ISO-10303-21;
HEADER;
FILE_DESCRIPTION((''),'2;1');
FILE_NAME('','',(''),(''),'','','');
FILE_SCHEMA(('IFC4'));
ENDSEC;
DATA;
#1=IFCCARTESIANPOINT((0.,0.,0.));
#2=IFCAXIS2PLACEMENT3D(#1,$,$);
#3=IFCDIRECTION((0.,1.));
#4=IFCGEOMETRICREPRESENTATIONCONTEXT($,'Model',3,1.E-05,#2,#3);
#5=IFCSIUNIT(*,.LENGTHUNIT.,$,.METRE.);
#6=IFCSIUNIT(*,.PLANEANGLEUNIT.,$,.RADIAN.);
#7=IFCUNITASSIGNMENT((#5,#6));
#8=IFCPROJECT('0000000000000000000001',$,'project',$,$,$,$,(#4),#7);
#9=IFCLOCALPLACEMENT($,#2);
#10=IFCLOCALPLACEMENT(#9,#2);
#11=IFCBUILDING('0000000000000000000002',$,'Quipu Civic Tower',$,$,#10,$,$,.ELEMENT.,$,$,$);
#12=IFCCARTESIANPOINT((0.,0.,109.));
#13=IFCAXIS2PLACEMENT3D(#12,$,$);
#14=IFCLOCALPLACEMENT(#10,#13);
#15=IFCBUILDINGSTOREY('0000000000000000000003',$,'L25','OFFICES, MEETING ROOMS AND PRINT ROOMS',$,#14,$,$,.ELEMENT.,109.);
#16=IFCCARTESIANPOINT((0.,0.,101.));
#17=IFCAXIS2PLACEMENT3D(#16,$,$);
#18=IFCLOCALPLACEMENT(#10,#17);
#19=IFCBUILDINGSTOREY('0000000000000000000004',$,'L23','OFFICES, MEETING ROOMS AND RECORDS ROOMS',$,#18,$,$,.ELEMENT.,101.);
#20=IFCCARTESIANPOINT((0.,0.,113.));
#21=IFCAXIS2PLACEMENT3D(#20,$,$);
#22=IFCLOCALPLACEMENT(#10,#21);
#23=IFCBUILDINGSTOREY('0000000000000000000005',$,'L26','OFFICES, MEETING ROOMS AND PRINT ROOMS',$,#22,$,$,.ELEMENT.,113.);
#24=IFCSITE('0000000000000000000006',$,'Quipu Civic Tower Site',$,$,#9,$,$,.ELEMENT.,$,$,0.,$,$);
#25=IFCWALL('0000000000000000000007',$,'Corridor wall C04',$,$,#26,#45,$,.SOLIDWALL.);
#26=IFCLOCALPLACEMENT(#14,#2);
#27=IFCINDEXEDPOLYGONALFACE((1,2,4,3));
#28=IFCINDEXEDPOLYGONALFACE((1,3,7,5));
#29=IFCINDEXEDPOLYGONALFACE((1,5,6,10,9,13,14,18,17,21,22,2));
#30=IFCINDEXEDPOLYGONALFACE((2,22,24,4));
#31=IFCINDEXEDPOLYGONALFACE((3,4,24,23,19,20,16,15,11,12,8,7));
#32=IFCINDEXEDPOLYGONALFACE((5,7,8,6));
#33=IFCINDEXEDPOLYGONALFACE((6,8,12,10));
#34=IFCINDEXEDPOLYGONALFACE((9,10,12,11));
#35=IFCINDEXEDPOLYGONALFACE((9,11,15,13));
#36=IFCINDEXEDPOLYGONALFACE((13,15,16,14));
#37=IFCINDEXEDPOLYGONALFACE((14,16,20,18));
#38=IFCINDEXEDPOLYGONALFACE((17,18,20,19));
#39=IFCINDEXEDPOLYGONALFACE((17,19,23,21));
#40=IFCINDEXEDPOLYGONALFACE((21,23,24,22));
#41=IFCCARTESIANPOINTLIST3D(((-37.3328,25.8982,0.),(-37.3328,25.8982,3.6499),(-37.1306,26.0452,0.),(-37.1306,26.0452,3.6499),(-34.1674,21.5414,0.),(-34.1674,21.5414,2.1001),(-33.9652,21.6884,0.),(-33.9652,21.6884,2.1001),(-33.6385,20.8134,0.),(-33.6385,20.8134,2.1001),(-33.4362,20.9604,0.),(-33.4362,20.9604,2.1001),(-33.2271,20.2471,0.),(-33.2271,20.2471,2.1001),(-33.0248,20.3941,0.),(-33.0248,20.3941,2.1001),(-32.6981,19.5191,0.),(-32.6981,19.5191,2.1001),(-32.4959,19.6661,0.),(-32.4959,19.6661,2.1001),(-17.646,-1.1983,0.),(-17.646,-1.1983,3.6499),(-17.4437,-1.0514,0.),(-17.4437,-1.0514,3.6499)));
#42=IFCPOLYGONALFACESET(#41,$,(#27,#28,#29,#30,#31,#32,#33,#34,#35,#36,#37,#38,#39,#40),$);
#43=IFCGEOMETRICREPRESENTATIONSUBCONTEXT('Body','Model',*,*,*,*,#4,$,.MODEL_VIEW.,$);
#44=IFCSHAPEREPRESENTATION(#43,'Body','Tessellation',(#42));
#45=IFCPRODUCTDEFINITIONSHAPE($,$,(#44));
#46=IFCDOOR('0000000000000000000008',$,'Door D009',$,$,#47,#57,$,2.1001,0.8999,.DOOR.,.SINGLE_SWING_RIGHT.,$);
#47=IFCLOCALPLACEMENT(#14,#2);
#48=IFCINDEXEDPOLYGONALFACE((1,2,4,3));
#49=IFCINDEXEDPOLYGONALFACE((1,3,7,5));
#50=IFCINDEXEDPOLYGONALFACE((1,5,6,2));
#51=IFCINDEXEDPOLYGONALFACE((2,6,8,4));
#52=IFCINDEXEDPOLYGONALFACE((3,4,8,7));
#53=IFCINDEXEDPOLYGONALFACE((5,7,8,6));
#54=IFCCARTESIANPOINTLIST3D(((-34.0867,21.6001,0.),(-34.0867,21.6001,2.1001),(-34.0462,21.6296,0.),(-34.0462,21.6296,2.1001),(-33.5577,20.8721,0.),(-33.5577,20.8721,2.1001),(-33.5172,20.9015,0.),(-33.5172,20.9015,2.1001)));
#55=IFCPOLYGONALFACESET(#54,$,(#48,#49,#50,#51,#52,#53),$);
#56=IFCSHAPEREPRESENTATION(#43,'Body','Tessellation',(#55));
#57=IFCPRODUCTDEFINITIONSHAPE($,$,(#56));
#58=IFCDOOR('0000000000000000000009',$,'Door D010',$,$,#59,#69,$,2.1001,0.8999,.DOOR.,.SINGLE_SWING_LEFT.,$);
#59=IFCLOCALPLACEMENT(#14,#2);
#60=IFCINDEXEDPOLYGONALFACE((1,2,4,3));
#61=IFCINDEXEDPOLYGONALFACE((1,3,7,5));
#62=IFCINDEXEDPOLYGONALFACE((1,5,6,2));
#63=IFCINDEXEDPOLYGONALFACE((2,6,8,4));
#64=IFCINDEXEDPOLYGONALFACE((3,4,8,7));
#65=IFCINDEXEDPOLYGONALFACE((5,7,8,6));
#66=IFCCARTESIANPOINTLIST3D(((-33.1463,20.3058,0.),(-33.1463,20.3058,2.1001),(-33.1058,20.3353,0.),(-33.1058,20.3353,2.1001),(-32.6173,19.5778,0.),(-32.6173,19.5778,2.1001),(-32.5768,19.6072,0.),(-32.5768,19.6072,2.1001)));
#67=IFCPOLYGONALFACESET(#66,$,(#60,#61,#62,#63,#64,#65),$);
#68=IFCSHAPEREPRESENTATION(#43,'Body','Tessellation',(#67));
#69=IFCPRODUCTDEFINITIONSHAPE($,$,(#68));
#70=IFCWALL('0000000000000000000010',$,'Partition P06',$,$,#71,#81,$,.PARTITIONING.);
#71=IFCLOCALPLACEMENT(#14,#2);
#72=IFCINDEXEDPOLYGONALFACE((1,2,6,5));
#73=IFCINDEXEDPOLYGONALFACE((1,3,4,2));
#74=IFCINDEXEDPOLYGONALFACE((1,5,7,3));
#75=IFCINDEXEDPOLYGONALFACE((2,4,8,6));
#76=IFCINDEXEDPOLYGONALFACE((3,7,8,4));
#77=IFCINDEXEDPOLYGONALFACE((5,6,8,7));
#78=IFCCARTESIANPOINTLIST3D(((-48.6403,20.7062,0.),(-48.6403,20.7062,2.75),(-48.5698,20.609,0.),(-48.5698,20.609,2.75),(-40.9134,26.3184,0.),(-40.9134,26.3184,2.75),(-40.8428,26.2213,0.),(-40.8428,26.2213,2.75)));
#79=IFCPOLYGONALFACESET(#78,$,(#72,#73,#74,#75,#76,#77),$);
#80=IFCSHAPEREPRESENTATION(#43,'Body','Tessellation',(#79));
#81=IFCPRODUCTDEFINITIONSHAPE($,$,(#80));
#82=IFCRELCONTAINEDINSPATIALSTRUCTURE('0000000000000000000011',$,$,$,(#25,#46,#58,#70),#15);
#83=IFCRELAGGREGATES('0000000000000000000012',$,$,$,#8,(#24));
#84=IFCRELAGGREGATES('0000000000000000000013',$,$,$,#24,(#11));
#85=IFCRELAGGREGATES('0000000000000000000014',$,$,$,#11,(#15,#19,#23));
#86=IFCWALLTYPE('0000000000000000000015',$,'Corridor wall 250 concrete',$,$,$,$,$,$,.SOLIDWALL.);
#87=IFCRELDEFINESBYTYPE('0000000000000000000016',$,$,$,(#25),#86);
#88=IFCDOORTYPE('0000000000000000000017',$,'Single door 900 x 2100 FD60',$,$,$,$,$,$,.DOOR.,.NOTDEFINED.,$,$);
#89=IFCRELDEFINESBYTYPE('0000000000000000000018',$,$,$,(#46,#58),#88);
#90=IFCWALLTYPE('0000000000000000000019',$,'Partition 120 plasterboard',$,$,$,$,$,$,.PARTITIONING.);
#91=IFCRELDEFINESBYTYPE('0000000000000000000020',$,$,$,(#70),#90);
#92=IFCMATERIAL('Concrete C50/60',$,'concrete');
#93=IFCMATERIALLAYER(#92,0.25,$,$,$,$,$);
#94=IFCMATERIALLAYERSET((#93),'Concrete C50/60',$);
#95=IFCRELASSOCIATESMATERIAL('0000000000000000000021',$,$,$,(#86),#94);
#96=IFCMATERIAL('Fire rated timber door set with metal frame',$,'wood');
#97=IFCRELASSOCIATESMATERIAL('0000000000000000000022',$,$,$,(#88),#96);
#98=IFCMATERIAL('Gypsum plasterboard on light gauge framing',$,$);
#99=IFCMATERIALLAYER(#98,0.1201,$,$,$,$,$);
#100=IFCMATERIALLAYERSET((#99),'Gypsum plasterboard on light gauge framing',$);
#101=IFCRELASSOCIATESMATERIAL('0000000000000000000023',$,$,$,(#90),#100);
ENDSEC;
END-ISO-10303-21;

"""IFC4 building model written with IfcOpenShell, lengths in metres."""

from ifc_helpers import new_model, si_unit, direction, frame, frame_2d, origin, place, context, subcontext, project, spatial, rectangle, extrude, material, layer, layer_set, type_object, element, fill, save


model = new_model("IFC4")

# Units and contexts
model_context = context("Model", 3, precision=1e-05, world=origin(), true_north=direction((0.0, 1.0)))
body_context = subcontext(model_context, "Body", "Model", "MODEL_VIEW")
ifc_project = project(units=[si_unit("LENGTHUNIT", "METRE"), si_unit("PLANEANGLEUNIT", "RADIAN")], contexts=[model_context])

# Site, building, storey
site_placement = place(None, origin())
site = spatial("IfcSite", under=ifc_project, at=site_placement, Name="Quipu Civic Tower Site", CompositionType="ELEMENT", RefElevation=0.0)
building_placement = place(site_placement, origin())
building = spatial("IfcBuilding", under=site, at=building_placement, Name="Quipu Civic Tower", CompositionType="ELEMENT")
storey_1_placement = place(building_placement, frame((0.0, 0.0, 109.0)))
storey_1 = spatial("IfcBuildingStorey", under=building, at=storey_1_placement, Name="L25", Description="OFFICES, MEETING ROOMS AND PRINT ROOMS", CompositionType="ELEMENT", Elevation=109.0)

# Shared definitions
storey_2_placement = place(building_placement, frame((0.0, 0.0, 101.0)))
storey_2 = spatial("IfcBuildingStorey", under=building, at=storey_2_placement, Name="L23", Description="OFFICES, MEETING ROOMS AND RECORDS ROOMS", CompositionType="ELEMENT", Elevation=101.0)

# Shared definitions
storey_3_placement = place(building_placement, frame((0.0, 0.0, 113.0)))
storey_3 = spatial("IfcBuildingStorey", under=building, at=storey_3_placement, Name="L26", Description="OFFICES, MEETING ROOMS AND PRINT ROOMS", CompositionType="ELEMENT", Elevation=113.0)

# Wall, openings, doors
ifc_material_1 = material(Name="Concrete C50/60", Category="concrete")
ifc_layer_1 = layer(ifc_material_1, 0.25)
ifc_layer_set_1 = layer_set([ifc_layer_1], Name="Concrete C50/60")
wall_type_1 = type_object("IfcWallType", Name="Corridor wall 250 concrete", PredefinedType="SOLIDWALL", material=ifc_layer_set_1)
wall_1_placement = place(storey_1_placement, frame((-37.2317, 25.9717, 0.0), z_axis=(0.0, 0.0, 1.0), x_axis=(0.587786, -0.809016, 0.0)))
wall_1 = element("IfcWall", 1, at=wall_1_placement, inside=storey_1, type_object=wall_type_1, Name="Corridor wall C04", PredefinedType="SOLIDWALL", context=body_context, shape_type="SweptSolid", body=[
    extrude(rectangle(XDim=33.4932, YDim=0.25, at=frame_2d((16.7466, 0.0))), origin(), (0.0, 0.0, 1.0), 3.6499),
])
opening_1_placement = place(wall_1_placement, frame((5.3853, 0.0, 0.0)))
opening_1 = element("IfcOpeningElement", 2, at=opening_1_placement, cuts=wall_1, PredefinedType="OPENING", context=body_context, shape_type="SweptSolid", body=[
    extrude(rectangle(XDim=0.8999, YDim=2.1001, at=frame_2d((0.45, 1.05))), frame((0.0, 0.135, 0.0), z_axis=(0.0, -1.0, 0.0), x_axis=(1.0, 0.0, 0.0)), (0.0, 0.0, 1.0), 0.27),
])
opening_2_placement = place(wall_1_placement, frame((6.9851, 0.0, 0.0)))
opening_2 = element("IfcOpeningElement", 3, at=opening_2_placement, cuts=wall_1, PredefinedType="OPENING", context=body_context, shape_type="SweptSolid", body=[
    extrude(rectangle(XDim=0.8999, YDim=2.1001, at=frame_2d((0.45, 1.05))), frame((0.0, 0.135, 0.0), z_axis=(0.0, -1.0, 0.0), x_axis=(1.0, 0.0, 0.0)), (0.0, 0.0, 1.0), 0.27),
])
ifc_material_2 = material(Name="Fire rated timber door set with metal frame", Category="wood")
door_type_1 = type_object("IfcDoorType", Name="Single door 900 x 2100 FD60", OperationType="NOTDEFINED", PredefinedType="DOOR", material=ifc_material_2)
door_1_placement = place(opening_1_placement, origin())
door_1 = element("IfcDoor", 4, at=door_1_placement, inside=storey_1, type_object=door_type_1, Name="Door D009", OperationType="SINGLE_SWING_RIGHT", OverallHeight=2.1001, OverallWidth=0.8999, PredefinedType="DOOR", context=body_context, shape_type="SweptSolid", body=[
    extrude(rectangle(XDim=0.8999, YDim=2.1001, at=frame_2d((0.45, 1.05))), frame((0.0, 0.0249, 0.0), z_axis=(0.0, -1.0, 0.0), x_axis=(1.0, 0.0, 0.0)), (0.0, 0.0, 1.0), 0.05),
])
fill(opening_1, door_1)
door_2_placement = place(opening_2_placement, origin())
door_2 = element("IfcDoor", 5, at=door_2_placement, inside=storey_1, type_object=door_type_1, Name="Door D010", OperationType="SINGLE_SWING_LEFT", OverallHeight=2.1001, OverallWidth=0.8999, PredefinedType="DOOR", context=body_context, shape_type="SweptSolid", body=[
    extrude(rectangle(XDim=0.8999, YDim=2.1001, at=frame_2d((0.45, 1.05))), frame((0.0, 0.0249, 0.0), z_axis=(0.0, -1.0, 0.0), x_axis=(1.0, 0.0, 0.0)), (0.0, 0.0, 1.0), 0.05),
])
fill(opening_2, door_2)

# Wall
ifc_material_3 = material(Name="Gypsum plasterboard on light gauge framing")
ifc_layer_2 = layer(ifc_material_3, 0.1201)
ifc_layer_set_2 = layer_set([ifc_layer_2], Name="Gypsum plasterboard on light gauge framing")
wall_type_2 = type_object("IfcWallType", Name="Partition 120 plasterboard", PredefinedType="PARTITIONING", material=ifc_layer_set_2)
wall_2_placement = place(storey_1_placement, frame((-40.8782, 26.2698, 0.0), z_axis=(0.0, 0.0, 1.0), x_axis=(-0.809103, -0.587667, 0.0)))
element("IfcWall", 6, at=wall_2_placement, inside=storey_1, type_object=wall_type_2, Name="Partition P06", PredefinedType="PARTITIONING", context=body_context, shape_type="SweptSolid", body=[
    extrude(rectangle(XDim=9.55, YDim=0.1201, at=frame_2d((4.7749, 0.0))), origin(), (0.0, 0.0, 1.0), 2.75),
])

save(model, "model.ifc")
